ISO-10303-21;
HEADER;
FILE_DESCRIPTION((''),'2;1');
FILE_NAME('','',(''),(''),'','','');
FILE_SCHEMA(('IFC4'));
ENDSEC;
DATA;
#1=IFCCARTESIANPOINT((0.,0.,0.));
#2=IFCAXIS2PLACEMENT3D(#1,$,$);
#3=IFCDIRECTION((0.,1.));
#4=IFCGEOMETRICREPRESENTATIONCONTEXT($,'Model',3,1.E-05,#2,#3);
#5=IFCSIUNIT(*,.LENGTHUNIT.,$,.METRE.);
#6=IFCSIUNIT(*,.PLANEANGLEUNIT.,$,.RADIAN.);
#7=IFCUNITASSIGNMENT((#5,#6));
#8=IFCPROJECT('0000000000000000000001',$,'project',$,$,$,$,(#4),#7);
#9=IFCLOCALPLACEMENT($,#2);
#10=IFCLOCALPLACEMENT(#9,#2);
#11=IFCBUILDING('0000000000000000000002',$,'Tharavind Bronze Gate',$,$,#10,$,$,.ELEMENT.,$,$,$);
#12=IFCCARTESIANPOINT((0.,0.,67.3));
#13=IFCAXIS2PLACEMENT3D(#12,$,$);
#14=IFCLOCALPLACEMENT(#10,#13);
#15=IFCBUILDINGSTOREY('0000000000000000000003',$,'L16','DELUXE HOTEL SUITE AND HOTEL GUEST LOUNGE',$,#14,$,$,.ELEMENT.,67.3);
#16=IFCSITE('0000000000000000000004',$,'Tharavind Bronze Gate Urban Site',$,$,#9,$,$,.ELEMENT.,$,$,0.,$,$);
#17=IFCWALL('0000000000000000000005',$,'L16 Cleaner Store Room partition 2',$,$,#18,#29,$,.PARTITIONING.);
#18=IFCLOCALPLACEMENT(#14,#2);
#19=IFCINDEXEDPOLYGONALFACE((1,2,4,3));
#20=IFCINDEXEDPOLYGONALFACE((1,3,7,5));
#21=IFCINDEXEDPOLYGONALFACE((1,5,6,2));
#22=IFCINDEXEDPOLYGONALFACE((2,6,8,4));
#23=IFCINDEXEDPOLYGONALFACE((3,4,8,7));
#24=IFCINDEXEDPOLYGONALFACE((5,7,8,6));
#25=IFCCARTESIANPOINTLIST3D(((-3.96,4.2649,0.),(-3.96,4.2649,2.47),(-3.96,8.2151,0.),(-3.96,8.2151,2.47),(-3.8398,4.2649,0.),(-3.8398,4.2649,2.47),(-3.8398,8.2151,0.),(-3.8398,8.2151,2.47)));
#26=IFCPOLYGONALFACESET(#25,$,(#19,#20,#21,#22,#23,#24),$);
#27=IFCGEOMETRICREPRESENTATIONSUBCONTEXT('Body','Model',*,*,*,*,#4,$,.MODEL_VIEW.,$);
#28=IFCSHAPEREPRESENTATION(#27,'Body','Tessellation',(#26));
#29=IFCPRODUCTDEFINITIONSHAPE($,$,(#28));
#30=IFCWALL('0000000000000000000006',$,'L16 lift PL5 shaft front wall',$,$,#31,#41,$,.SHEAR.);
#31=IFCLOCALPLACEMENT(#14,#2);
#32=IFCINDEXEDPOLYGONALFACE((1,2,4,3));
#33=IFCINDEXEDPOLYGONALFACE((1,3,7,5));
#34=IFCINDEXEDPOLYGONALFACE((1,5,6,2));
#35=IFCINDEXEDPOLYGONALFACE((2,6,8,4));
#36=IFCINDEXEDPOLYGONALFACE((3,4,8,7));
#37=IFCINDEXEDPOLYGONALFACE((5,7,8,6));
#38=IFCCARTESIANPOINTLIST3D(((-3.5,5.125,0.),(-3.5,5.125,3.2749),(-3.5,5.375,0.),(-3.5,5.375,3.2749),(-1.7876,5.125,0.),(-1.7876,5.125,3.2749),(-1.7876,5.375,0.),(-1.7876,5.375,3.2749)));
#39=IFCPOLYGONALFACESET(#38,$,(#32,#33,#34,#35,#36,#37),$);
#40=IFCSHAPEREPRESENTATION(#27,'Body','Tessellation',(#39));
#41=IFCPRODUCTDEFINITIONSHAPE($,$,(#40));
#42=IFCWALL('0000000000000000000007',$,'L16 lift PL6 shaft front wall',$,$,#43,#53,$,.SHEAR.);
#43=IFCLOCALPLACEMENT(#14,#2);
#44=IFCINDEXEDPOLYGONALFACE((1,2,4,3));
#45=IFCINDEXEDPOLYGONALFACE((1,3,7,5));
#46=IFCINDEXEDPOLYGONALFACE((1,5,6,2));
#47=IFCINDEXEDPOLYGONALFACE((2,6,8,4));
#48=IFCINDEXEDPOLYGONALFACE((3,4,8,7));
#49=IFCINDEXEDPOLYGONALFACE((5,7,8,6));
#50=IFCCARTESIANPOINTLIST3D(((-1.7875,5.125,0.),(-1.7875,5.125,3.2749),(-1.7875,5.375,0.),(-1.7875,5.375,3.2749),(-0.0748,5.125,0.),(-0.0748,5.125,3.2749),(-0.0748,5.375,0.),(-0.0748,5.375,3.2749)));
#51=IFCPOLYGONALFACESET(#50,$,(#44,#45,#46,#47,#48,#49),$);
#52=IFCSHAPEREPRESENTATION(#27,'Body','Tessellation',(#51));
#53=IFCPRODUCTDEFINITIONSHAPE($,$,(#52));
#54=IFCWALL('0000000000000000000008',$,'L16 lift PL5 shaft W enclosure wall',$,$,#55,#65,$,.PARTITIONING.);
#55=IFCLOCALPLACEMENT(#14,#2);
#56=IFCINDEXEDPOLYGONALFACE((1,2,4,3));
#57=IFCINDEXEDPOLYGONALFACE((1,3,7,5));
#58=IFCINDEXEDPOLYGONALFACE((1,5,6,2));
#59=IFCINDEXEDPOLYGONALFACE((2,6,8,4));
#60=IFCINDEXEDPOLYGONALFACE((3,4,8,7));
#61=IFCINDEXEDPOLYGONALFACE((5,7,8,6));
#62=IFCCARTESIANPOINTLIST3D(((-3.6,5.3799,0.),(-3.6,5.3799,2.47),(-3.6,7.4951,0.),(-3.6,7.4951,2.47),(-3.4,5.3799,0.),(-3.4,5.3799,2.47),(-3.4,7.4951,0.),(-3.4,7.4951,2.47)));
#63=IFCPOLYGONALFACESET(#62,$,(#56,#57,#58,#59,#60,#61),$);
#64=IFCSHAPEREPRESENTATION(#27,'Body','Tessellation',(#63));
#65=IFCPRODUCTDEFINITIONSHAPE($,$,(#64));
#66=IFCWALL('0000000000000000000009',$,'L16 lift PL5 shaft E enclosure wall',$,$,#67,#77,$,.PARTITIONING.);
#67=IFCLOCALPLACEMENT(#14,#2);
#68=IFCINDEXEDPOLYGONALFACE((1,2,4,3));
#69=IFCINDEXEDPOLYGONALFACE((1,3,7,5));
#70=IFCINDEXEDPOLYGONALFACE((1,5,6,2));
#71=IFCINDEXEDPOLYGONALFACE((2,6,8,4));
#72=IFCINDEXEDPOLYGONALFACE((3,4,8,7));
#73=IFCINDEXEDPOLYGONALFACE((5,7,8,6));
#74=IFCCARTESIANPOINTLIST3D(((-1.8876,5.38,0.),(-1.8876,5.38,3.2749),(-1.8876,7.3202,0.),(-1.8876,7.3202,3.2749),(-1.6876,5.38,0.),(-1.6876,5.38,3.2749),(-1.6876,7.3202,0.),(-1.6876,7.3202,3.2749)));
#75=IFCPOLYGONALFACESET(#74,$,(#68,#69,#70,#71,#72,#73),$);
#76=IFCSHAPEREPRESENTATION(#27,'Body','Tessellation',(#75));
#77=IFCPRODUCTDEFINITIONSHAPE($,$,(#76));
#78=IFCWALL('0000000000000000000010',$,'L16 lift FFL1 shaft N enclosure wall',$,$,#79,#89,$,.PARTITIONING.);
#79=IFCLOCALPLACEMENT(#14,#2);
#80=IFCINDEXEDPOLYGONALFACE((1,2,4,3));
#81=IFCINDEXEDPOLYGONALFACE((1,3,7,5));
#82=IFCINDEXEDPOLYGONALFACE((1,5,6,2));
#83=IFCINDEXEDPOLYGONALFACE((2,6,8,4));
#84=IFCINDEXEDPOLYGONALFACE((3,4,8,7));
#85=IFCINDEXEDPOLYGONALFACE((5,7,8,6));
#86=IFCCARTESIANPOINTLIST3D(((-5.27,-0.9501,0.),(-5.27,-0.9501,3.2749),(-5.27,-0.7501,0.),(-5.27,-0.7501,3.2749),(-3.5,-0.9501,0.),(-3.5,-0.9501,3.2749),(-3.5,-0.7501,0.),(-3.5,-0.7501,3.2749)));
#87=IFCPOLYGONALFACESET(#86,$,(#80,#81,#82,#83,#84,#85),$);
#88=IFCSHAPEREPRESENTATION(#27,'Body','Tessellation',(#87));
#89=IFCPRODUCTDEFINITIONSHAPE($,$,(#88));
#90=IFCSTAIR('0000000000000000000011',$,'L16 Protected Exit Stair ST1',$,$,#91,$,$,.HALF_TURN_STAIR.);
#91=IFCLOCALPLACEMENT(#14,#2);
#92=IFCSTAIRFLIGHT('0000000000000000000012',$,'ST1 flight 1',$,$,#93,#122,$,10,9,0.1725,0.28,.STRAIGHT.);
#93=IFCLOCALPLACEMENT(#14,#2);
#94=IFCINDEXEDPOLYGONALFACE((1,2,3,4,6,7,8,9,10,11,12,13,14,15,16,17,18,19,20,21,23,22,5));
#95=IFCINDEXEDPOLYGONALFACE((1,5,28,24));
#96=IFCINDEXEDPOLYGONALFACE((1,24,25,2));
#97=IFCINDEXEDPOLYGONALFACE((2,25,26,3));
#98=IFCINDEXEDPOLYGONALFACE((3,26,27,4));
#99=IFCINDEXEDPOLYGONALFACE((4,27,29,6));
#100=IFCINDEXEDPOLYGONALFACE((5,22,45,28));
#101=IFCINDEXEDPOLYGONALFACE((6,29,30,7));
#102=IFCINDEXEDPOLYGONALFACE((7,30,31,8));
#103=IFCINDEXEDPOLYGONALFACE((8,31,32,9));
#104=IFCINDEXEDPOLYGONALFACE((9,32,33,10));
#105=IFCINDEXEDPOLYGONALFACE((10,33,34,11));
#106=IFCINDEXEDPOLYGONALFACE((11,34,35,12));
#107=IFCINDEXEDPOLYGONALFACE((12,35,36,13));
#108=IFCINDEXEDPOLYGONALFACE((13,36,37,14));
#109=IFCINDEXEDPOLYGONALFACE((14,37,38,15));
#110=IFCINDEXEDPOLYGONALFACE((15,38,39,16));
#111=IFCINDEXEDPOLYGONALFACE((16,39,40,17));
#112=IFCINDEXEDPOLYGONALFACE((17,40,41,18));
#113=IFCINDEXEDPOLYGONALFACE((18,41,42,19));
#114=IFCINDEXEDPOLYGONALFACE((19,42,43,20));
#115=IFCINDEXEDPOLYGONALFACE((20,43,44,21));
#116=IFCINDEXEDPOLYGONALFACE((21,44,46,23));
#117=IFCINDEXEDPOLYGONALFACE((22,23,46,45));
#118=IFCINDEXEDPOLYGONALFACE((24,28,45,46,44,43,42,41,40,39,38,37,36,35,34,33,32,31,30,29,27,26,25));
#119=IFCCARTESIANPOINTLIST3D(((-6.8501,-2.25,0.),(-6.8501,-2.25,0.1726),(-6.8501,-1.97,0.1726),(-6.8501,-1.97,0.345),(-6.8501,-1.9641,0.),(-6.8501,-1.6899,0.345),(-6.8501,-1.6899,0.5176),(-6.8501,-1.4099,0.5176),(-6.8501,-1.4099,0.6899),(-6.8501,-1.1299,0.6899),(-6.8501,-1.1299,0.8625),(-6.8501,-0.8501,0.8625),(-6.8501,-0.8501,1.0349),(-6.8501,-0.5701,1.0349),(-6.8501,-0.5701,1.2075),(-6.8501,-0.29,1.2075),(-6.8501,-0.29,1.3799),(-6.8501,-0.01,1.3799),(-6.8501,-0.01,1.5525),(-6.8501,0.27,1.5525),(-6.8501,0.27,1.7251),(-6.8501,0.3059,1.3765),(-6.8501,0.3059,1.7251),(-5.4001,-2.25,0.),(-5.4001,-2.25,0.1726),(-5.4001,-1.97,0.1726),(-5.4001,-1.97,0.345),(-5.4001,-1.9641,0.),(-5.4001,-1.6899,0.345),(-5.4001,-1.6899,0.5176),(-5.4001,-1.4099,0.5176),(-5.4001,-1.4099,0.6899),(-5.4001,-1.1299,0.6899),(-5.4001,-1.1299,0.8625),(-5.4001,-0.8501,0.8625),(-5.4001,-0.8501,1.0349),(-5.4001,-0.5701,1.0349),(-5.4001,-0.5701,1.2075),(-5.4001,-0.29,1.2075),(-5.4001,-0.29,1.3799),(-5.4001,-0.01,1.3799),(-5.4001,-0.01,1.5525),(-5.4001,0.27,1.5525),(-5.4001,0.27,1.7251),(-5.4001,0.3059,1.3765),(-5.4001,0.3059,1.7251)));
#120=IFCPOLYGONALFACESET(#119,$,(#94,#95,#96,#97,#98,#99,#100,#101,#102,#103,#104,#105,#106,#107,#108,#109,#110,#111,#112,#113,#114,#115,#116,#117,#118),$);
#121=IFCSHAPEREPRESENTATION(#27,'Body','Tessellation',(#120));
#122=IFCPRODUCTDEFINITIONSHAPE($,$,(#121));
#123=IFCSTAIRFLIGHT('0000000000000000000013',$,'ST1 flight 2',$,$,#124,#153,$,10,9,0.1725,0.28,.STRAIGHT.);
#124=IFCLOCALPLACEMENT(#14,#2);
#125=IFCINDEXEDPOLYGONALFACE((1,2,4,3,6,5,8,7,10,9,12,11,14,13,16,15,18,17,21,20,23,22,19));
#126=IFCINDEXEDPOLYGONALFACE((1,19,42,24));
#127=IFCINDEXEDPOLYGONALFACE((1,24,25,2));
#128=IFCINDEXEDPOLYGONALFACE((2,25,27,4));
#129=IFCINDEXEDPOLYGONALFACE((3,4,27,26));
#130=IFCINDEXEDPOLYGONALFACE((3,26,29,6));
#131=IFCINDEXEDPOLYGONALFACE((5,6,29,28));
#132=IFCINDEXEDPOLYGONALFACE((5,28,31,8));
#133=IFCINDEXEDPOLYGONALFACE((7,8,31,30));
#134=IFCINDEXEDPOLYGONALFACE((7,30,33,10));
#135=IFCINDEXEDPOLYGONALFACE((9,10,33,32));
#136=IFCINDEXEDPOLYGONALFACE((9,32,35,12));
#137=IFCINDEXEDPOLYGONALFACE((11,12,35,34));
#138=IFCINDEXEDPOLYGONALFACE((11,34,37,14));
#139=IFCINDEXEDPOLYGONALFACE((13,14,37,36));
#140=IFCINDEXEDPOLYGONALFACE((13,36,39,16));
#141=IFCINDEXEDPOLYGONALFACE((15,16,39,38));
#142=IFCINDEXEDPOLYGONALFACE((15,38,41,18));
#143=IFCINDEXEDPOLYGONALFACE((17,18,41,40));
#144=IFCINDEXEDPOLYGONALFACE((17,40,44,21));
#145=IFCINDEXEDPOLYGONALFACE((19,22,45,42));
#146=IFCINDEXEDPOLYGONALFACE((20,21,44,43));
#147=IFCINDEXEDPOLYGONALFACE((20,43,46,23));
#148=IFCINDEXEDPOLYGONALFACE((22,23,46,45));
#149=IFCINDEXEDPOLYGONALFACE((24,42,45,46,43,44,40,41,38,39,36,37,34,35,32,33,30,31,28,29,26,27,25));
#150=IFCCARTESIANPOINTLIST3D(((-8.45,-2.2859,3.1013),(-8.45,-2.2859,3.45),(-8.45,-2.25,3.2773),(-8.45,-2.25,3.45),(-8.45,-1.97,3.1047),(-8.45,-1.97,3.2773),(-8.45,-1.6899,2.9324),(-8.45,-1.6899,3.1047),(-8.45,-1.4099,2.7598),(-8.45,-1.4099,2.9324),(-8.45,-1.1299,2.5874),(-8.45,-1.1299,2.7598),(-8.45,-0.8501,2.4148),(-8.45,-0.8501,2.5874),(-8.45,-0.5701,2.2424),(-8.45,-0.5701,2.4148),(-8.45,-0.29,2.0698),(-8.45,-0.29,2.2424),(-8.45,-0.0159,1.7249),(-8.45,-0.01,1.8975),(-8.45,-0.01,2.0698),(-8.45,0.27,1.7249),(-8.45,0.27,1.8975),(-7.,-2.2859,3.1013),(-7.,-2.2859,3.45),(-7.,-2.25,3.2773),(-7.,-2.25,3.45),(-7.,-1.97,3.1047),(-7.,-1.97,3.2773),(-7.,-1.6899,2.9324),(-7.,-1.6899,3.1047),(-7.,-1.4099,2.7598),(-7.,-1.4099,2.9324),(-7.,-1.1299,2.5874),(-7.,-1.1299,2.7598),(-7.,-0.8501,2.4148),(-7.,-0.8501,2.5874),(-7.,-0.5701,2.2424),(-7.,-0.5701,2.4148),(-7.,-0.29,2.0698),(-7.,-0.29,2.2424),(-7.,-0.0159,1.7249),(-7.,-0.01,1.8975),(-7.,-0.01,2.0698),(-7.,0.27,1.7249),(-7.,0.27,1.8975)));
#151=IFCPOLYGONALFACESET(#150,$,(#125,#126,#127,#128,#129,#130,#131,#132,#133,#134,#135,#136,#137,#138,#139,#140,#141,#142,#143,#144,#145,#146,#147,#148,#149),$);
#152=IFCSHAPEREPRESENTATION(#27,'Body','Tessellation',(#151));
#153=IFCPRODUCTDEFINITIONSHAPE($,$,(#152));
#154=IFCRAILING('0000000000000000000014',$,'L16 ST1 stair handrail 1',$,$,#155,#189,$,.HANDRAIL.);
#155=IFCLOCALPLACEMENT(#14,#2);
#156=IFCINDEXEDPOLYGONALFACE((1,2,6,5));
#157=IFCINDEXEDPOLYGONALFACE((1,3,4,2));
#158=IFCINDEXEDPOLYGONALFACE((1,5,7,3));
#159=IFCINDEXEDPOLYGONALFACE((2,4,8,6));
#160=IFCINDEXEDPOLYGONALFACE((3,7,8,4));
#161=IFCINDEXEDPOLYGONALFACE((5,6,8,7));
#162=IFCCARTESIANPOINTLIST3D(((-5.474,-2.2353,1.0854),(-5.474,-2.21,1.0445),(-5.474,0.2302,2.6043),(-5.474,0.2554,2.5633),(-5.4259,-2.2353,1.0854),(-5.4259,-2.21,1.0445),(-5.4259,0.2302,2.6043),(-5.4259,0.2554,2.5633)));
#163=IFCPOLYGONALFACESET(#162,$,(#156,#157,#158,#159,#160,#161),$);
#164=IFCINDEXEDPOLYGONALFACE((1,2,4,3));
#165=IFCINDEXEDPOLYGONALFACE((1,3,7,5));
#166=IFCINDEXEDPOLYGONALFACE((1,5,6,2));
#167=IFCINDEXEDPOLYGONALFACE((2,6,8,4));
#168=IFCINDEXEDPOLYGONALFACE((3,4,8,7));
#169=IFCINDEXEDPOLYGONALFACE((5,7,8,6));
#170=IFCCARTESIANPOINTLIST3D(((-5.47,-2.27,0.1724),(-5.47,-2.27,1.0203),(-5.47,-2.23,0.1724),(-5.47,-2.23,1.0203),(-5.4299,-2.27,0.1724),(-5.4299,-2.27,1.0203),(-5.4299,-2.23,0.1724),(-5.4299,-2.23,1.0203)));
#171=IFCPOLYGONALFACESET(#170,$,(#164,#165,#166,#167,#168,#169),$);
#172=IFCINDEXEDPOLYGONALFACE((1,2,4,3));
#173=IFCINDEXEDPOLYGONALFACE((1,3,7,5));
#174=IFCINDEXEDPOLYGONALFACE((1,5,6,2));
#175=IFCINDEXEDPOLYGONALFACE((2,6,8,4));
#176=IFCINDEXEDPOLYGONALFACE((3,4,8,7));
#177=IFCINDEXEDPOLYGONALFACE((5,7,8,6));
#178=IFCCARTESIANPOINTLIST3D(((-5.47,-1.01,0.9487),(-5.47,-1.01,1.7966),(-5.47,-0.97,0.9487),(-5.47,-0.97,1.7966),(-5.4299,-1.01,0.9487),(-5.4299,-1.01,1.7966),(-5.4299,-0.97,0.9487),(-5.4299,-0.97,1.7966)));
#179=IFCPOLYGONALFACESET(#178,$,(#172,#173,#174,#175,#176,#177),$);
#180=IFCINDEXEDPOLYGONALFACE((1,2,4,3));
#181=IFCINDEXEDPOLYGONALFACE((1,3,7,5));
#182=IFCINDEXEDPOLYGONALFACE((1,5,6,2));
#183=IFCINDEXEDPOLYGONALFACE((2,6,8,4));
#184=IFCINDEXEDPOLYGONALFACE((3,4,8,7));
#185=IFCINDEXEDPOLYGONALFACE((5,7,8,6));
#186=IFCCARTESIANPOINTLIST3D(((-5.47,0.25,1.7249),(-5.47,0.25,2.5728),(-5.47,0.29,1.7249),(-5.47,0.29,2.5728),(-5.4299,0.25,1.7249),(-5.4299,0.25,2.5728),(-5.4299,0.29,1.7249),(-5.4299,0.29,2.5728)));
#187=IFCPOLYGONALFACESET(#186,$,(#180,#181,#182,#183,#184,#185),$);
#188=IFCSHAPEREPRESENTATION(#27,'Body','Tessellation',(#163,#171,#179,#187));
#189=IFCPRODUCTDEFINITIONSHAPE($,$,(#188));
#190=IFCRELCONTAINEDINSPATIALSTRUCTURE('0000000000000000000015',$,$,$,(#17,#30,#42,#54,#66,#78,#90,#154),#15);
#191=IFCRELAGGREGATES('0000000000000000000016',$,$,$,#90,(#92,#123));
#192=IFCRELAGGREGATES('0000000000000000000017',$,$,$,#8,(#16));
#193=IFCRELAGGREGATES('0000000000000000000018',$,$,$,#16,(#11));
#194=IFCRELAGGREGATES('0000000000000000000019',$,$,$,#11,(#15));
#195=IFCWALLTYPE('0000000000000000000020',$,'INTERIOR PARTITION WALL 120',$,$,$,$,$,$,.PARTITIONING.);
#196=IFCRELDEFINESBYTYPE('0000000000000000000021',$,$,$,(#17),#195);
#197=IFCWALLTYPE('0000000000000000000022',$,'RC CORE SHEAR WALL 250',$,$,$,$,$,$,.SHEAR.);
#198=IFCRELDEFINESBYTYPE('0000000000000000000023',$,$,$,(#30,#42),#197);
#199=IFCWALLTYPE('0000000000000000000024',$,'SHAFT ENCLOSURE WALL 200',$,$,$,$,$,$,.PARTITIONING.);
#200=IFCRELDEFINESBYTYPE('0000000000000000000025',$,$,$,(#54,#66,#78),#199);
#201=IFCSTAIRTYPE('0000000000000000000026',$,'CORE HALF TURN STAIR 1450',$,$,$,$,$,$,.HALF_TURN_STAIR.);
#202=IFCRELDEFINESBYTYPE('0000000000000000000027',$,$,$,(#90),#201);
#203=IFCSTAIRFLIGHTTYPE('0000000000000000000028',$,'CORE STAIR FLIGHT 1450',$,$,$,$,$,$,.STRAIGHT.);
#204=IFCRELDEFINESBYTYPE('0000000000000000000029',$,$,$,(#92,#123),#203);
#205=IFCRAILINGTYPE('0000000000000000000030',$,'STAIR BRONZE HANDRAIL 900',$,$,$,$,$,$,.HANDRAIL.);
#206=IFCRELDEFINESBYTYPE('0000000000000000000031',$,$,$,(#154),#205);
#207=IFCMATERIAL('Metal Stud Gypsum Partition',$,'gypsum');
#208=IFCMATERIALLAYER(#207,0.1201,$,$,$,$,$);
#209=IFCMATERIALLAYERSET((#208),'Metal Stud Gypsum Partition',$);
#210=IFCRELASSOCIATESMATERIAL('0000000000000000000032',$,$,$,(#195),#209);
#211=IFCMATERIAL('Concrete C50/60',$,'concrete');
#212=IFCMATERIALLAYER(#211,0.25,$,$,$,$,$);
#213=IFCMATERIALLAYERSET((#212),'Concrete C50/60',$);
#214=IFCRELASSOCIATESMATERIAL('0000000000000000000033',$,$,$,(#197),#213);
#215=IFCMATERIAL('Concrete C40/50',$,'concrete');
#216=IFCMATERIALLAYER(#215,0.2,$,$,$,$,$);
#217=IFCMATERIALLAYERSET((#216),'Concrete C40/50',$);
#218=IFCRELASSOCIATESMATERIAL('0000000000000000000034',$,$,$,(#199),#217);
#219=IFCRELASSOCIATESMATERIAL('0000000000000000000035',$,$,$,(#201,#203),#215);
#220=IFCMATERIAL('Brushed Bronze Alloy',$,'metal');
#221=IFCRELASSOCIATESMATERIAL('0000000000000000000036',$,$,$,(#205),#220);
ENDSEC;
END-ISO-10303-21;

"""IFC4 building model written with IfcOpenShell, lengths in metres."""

from ifc_helpers import new_model, si_unit, direction, frame, frame_2d, origin, origin_2d, place, context, subcontext, project, spatial, polyline, rectangle, outline, extrude, material, layer, layer_set, type_object, element, aggregate, save


model = new_model("IFC4")

# Units and contexts
model_context = context("Model", 3, precision=1e-05, world=origin(), true_north=direction((0.0, 1.0)))
body_context = subcontext(model_context, "Body", "Model", "MODEL_VIEW")
ifc_project = project(units=[si_unit("LENGTHUNIT", "METRE"), si_unit("PLANEANGLEUNIT", "RADIAN")], contexts=[model_context])

# Site, building, storey
site_placement = place(None, origin())
site = spatial("IfcSite", under=ifc_project, at=site_placement, Name="Tharavind Bronze Gate Urban Site", CompositionType="ELEMENT", RefElevation=0.0)
building_placement = place(site_placement, origin())
building = spatial("IfcBuilding", under=site, at=building_placement, Name="Tharavind Bronze Gate", CompositionType="ELEMENT")
storey_placement = place(building_placement, frame((0.0, 0.0, 67.3)))
storey = spatial("IfcBuildingStorey", under=building, at=storey_placement, Name="L16", Description="DELUXE HOTEL SUITE AND HOTEL GUEST LOUNGE", CompositionType="ELEMENT", Elevation=67.3)

# Shared definitions
ifc_material_1 = material(Name="Metal Stud Gypsum Partition", Category="gypsum")
ifc_layer_1 = layer(ifc_material_1, 0.1201)
ifc_layer_set_1 = layer_set([ifc_layer_1], Name="Metal Stud Gypsum Partition")
wall_type_1 = type_object("IfcWallType", Name="INTERIOR PARTITION WALL 120", PredefinedType="PARTITIONING", material=ifc_layer_set_1)

# Walls
wall_1_placement = place(storey_placement, frame((-3.8999, 4.2649, 0.0), z_axis=(0.0, 0.0, 1.0), x_axis=(0.0, 1.0, 0.0)))
element("IfcWall", 1, at=wall_1_placement, inside=storey, type_object=wall_type_1, Name="L16 Cleaner Store Room partition 2", PredefinedType="PARTITIONING", context=body_context, shape_type="SweptSolid", body=[
    extrude(rectangle(XDim=3.9502, YDim=0.1201, at=frame_2d((1.9751, 0.0))), origin(), (0.0, 0.0, 1.0), 2.47),
])
ifc_material_2 = material(Name="Concrete C50/60", Category="concrete")
ifc_layer_2 = layer(ifc_material_2, 0.25)
ifc_layer_set_2 = layer_set([ifc_layer_2], Name="Concrete C50/60")
wall_type_2 = type_object("IfcWallType", Name="RC CORE SHEAR WALL 250", PredefinedType="SHEAR", material=ifc_layer_set_2)
wall_2_placement = place(storey_placement, frame((-3.5, 5.25, 0.0), z_axis=(0.0, 0.0, 1.0), x_axis=(1.0, 0.0, 0.0)))
element("IfcWall", 2, at=wall_2_placement, inside=storey, type_object=wall_type_2, Name="L16 lift PL5 shaft front wall", PredefinedType="SHEAR", context=body_context, shape_type="SweptSolid", body=[
    extrude(rectangle(XDim=1.7124, YDim=0.25, at=frame_2d((0.8562, 0.0))), origin(), (0.0, 0.0, 1.0), 3.2749),
])
wall_3_placement = place(storey_placement, frame((-1.7876, 5.25, 0.0), z_axis=(0.0, 0.0, 1.0), x_axis=(1.0, 0.0, 0.0)))
element("IfcWall", 3, at=wall_3_placement, inside=storey, type_object=wall_type_2, Name="L16 lift PL6 shaft front wall", PredefinedType="SHEAR", context=body_context, shape_type="SweptSolid", body=[
    extrude(rectangle(XDim=1.7126, YDim=0.25, at=frame_2d((0.8564, 0.0))), origin(), (0.0, 0.0, 1.0), 3.2749),
])
ifc_material_3 = material(Name="Concrete C40/50", Category="concrete")
ifc_layer_3 = layer(ifc_material_3, 0.2)
ifc_layer_set_3 = layer_set([ifc_layer_3], Name="Concrete C40/50")
wall_type_3 = type_object("IfcWallType", Name="SHAFT ENCLOSURE WALL 200", PredefinedType="PARTITIONING", material=ifc_layer_set_3)
wall_4_placement = place(storey_placement, frame((-3.5, 5.3799, 0.0), z_axis=(0.0, 0.0, 1.0), x_axis=(0.0, 1.0, 0.0)))
element("IfcWall", 4, at=wall_4_placement, inside=storey, type_object=wall_type_3, Name="L16 lift PL5 shaft W enclosure wall", PredefinedType="PARTITIONING", context=body_context, shape_type="SweptSolid", body=[
    extrude(rectangle(XDim=2.1152, YDim=0.2, at=frame_2d((1.0576, 0.0))), origin(), (0.0, 0.0, 1.0), 2.47),
])
wall_5_placement = place(storey_placement, frame((-1.7876, 5.3799, 0.0), z_axis=(0.0, 0.0, 1.0), x_axis=(0.0, 1.0, 0.0)))
element("IfcWall", 5, at=wall_5_placement, inside=storey, type_object=wall_type_3, Name="L16 lift PL5 shaft E enclosure wall", PredefinedType="PARTITIONING", context=body_context, shape_type="SweptSolid", body=[
    extrude(rectangle(XDim=1.9402, YDim=0.2, at=frame_2d((0.9702, 0.0))), origin(), (0.0, 0.0, 1.0), 3.2749),
])
wall_6_placement = place(storey_placement, frame((-5.27, -0.8501, 0.0), z_axis=(0.0, 0.0, 1.0), x_axis=(1.0, 0.0, 0.0)))
element("IfcWall", 6, at=wall_6_placement, inside=storey, type_object=wall_type_3, Name="L16 lift FFL1 shaft N enclosure wall", PredefinedType="PARTITIONING", context=body_context, shape_type="SweptSolid", body=[
    extrude(rectangle(XDim=1.77, YDim=0.2, at=frame_2d((0.885, 0.0))), origin(), (0.0, 0.0, 1.0), 3.2749),
])

# Stair, stair flights
stair_type = type_object("IfcStairType", Name="CORE HALF TURN STAIR 1450", PredefinedType="HALF_TURN_STAIR", material=ifc_material_3)
stair_placement = place(storey_placement, origin())
stair = element("IfcStair", 7, at=stair_placement, inside=storey, type_object=stair_type, Name="L16 Protected Exit Stair ST1", PredefinedType="HALF_TURN_STAIR")
stair_flight_type = type_object("IfcStairFlightType", Name="CORE STAIR FLIGHT 1450", PredefinedType="STRAIGHT", material=ifc_material_3)
stair_flight_1_placement = place(storey_placement, frame((-6.125, -2.25, 0.0), z_axis=(0.0, 0.0, 1.0), x_axis=(0.0, 1.0, 0.0)))
stair_flight_1 = element("IfcStairFlight", 8, at=stair_flight_1_placement, type_object=stair_flight_type, Name="ST1 flight 1", NumberOfRisers=10, NumberOfTreads=9, PredefinedType="STRAIGHT", RiserHeight=0.1725, TreadLength=0.28, context=body_context, shape_type="SweptSolid", body=[
    extrude(outline(polyline([(0.0, 0.0), (0.0, 0.1726), (0.28, 0.1726), (0.28, 0.345), (0.5601, 0.345), (0.5601, 0.5176), (0.8401, 0.5176), (0.8401, 0.6899), (1.1201, 0.6899), (1.1201, 0.8625), (1.3999, 0.8625), (1.3999, 1.0349), (1.6799, 1.0349), (1.6799, 1.2075), (1.96, 1.2075), (1.96, 1.3799), (2.24, 1.3799), (2.24, 1.5525), (2.52, 1.5525), (2.52, 1.7251), (2.5559, 1.7251), (2.5559, 1.3765), (0.2859, 0.0), (0.0, 0.0)])), frame((0.0, 0.7251, 0.0), z_axis=(0.0, -1.0, 0.0), x_axis=(1.0, 0.0, 0.0)), (0.0, 0.0, 1.0), 1.45),
])
stair_flight_2_placement = place(storey_placement, frame((-7.7251, 0.27, 1.7249), z_axis=(0.0, 0.0, 1.0), x_axis=(0.0, -1.0, 0.0)))
stair_flight_2 = element("IfcStairFlight", 9, at=stair_flight_2_placement, type_object=stair_flight_type, Name="ST1 flight 2", NumberOfRisers=10, NumberOfTreads=9, PredefinedType="STRAIGHT", RiserHeight=0.1725, TreadLength=0.28, context=body_context, shape_type="SweptSolid", body=[
    extrude(outline(polyline([(0.0, 0.0), (0.0, 0.1726), (0.28, 0.1726), (0.28, 0.345), (0.5601, 0.345), (0.5601, 0.5176), (0.8401, 0.5176), (0.8401, 0.6899), (1.1201, 0.6899), (1.1201, 0.8625), (1.3999, 0.8625), (1.3999, 1.0349), (1.6799, 1.0349), (1.6799, 1.2075), (1.96, 1.2075), (1.96, 1.3799), (2.24, 1.3799), (2.24, 1.5525), (2.52, 1.5525), (2.52, 1.7251), (2.5559, 1.7251), (2.5559, 1.3765), (0.2859, 0.0), (0.0, 0.0)])), frame((0.0, 0.7251, 0.0), z_axis=(0.0, -1.0, 0.0), x_axis=(1.0, 0.0, 0.0)), (0.0, 0.0, 1.0), 1.45),
])
aggregate(stair, [stair_flight_1, stair_flight_2])

# Railing
ifc_material_4 = material(Name="Brushed Bronze Alloy", Category="metal")
railing_type_1 = type_object("IfcRailingType", Name="STAIR BRONZE HANDRAIL 900", PredefinedType="HANDRAIL", material=ifc_material_4)
railing_1_placement = place(storey_placement, frame((-5.45, -2.25, 0.1724)))
element("IfcRailing", 10, at=railing_1_placement, inside=storey, type_object=railing_type_1, Name="L16 ST1 stair handrail 1", PredefinedType="HANDRAIL", context=body_context, shape_type="SweptSolid", body=[
    extrude(rectangle(XDim=0.0481, YDim=0.0481, at=origin_2d()), frame((0.0, 0.0273, 0.8926), z_axis=(0.0, 0.8514, 0.524516), x_axis=(-1.0, 0.0, 0.0)), (0.0, 0.0, 1.0), 2.8958),
    extrude(rectangle(XDim=0.04, YDim=0.04, at=origin_2d()), origin(), (0.0, 0.0, 1.0), 0.8479),
    extrude(rectangle(XDim=0.04, YDim=0.04, at=origin_2d()), frame((0.0, 1.26, 0.7764)), (0.0, 0.0, 1.0), 0.8479),
    extrude(rectangle(XDim=0.04, YDim=0.04, at=origin_2d()), frame((0.0, 2.52, 1.5525)), (0.0, 0.0, 1.0), 0.8479),
])

save(model, "model.ifc")
